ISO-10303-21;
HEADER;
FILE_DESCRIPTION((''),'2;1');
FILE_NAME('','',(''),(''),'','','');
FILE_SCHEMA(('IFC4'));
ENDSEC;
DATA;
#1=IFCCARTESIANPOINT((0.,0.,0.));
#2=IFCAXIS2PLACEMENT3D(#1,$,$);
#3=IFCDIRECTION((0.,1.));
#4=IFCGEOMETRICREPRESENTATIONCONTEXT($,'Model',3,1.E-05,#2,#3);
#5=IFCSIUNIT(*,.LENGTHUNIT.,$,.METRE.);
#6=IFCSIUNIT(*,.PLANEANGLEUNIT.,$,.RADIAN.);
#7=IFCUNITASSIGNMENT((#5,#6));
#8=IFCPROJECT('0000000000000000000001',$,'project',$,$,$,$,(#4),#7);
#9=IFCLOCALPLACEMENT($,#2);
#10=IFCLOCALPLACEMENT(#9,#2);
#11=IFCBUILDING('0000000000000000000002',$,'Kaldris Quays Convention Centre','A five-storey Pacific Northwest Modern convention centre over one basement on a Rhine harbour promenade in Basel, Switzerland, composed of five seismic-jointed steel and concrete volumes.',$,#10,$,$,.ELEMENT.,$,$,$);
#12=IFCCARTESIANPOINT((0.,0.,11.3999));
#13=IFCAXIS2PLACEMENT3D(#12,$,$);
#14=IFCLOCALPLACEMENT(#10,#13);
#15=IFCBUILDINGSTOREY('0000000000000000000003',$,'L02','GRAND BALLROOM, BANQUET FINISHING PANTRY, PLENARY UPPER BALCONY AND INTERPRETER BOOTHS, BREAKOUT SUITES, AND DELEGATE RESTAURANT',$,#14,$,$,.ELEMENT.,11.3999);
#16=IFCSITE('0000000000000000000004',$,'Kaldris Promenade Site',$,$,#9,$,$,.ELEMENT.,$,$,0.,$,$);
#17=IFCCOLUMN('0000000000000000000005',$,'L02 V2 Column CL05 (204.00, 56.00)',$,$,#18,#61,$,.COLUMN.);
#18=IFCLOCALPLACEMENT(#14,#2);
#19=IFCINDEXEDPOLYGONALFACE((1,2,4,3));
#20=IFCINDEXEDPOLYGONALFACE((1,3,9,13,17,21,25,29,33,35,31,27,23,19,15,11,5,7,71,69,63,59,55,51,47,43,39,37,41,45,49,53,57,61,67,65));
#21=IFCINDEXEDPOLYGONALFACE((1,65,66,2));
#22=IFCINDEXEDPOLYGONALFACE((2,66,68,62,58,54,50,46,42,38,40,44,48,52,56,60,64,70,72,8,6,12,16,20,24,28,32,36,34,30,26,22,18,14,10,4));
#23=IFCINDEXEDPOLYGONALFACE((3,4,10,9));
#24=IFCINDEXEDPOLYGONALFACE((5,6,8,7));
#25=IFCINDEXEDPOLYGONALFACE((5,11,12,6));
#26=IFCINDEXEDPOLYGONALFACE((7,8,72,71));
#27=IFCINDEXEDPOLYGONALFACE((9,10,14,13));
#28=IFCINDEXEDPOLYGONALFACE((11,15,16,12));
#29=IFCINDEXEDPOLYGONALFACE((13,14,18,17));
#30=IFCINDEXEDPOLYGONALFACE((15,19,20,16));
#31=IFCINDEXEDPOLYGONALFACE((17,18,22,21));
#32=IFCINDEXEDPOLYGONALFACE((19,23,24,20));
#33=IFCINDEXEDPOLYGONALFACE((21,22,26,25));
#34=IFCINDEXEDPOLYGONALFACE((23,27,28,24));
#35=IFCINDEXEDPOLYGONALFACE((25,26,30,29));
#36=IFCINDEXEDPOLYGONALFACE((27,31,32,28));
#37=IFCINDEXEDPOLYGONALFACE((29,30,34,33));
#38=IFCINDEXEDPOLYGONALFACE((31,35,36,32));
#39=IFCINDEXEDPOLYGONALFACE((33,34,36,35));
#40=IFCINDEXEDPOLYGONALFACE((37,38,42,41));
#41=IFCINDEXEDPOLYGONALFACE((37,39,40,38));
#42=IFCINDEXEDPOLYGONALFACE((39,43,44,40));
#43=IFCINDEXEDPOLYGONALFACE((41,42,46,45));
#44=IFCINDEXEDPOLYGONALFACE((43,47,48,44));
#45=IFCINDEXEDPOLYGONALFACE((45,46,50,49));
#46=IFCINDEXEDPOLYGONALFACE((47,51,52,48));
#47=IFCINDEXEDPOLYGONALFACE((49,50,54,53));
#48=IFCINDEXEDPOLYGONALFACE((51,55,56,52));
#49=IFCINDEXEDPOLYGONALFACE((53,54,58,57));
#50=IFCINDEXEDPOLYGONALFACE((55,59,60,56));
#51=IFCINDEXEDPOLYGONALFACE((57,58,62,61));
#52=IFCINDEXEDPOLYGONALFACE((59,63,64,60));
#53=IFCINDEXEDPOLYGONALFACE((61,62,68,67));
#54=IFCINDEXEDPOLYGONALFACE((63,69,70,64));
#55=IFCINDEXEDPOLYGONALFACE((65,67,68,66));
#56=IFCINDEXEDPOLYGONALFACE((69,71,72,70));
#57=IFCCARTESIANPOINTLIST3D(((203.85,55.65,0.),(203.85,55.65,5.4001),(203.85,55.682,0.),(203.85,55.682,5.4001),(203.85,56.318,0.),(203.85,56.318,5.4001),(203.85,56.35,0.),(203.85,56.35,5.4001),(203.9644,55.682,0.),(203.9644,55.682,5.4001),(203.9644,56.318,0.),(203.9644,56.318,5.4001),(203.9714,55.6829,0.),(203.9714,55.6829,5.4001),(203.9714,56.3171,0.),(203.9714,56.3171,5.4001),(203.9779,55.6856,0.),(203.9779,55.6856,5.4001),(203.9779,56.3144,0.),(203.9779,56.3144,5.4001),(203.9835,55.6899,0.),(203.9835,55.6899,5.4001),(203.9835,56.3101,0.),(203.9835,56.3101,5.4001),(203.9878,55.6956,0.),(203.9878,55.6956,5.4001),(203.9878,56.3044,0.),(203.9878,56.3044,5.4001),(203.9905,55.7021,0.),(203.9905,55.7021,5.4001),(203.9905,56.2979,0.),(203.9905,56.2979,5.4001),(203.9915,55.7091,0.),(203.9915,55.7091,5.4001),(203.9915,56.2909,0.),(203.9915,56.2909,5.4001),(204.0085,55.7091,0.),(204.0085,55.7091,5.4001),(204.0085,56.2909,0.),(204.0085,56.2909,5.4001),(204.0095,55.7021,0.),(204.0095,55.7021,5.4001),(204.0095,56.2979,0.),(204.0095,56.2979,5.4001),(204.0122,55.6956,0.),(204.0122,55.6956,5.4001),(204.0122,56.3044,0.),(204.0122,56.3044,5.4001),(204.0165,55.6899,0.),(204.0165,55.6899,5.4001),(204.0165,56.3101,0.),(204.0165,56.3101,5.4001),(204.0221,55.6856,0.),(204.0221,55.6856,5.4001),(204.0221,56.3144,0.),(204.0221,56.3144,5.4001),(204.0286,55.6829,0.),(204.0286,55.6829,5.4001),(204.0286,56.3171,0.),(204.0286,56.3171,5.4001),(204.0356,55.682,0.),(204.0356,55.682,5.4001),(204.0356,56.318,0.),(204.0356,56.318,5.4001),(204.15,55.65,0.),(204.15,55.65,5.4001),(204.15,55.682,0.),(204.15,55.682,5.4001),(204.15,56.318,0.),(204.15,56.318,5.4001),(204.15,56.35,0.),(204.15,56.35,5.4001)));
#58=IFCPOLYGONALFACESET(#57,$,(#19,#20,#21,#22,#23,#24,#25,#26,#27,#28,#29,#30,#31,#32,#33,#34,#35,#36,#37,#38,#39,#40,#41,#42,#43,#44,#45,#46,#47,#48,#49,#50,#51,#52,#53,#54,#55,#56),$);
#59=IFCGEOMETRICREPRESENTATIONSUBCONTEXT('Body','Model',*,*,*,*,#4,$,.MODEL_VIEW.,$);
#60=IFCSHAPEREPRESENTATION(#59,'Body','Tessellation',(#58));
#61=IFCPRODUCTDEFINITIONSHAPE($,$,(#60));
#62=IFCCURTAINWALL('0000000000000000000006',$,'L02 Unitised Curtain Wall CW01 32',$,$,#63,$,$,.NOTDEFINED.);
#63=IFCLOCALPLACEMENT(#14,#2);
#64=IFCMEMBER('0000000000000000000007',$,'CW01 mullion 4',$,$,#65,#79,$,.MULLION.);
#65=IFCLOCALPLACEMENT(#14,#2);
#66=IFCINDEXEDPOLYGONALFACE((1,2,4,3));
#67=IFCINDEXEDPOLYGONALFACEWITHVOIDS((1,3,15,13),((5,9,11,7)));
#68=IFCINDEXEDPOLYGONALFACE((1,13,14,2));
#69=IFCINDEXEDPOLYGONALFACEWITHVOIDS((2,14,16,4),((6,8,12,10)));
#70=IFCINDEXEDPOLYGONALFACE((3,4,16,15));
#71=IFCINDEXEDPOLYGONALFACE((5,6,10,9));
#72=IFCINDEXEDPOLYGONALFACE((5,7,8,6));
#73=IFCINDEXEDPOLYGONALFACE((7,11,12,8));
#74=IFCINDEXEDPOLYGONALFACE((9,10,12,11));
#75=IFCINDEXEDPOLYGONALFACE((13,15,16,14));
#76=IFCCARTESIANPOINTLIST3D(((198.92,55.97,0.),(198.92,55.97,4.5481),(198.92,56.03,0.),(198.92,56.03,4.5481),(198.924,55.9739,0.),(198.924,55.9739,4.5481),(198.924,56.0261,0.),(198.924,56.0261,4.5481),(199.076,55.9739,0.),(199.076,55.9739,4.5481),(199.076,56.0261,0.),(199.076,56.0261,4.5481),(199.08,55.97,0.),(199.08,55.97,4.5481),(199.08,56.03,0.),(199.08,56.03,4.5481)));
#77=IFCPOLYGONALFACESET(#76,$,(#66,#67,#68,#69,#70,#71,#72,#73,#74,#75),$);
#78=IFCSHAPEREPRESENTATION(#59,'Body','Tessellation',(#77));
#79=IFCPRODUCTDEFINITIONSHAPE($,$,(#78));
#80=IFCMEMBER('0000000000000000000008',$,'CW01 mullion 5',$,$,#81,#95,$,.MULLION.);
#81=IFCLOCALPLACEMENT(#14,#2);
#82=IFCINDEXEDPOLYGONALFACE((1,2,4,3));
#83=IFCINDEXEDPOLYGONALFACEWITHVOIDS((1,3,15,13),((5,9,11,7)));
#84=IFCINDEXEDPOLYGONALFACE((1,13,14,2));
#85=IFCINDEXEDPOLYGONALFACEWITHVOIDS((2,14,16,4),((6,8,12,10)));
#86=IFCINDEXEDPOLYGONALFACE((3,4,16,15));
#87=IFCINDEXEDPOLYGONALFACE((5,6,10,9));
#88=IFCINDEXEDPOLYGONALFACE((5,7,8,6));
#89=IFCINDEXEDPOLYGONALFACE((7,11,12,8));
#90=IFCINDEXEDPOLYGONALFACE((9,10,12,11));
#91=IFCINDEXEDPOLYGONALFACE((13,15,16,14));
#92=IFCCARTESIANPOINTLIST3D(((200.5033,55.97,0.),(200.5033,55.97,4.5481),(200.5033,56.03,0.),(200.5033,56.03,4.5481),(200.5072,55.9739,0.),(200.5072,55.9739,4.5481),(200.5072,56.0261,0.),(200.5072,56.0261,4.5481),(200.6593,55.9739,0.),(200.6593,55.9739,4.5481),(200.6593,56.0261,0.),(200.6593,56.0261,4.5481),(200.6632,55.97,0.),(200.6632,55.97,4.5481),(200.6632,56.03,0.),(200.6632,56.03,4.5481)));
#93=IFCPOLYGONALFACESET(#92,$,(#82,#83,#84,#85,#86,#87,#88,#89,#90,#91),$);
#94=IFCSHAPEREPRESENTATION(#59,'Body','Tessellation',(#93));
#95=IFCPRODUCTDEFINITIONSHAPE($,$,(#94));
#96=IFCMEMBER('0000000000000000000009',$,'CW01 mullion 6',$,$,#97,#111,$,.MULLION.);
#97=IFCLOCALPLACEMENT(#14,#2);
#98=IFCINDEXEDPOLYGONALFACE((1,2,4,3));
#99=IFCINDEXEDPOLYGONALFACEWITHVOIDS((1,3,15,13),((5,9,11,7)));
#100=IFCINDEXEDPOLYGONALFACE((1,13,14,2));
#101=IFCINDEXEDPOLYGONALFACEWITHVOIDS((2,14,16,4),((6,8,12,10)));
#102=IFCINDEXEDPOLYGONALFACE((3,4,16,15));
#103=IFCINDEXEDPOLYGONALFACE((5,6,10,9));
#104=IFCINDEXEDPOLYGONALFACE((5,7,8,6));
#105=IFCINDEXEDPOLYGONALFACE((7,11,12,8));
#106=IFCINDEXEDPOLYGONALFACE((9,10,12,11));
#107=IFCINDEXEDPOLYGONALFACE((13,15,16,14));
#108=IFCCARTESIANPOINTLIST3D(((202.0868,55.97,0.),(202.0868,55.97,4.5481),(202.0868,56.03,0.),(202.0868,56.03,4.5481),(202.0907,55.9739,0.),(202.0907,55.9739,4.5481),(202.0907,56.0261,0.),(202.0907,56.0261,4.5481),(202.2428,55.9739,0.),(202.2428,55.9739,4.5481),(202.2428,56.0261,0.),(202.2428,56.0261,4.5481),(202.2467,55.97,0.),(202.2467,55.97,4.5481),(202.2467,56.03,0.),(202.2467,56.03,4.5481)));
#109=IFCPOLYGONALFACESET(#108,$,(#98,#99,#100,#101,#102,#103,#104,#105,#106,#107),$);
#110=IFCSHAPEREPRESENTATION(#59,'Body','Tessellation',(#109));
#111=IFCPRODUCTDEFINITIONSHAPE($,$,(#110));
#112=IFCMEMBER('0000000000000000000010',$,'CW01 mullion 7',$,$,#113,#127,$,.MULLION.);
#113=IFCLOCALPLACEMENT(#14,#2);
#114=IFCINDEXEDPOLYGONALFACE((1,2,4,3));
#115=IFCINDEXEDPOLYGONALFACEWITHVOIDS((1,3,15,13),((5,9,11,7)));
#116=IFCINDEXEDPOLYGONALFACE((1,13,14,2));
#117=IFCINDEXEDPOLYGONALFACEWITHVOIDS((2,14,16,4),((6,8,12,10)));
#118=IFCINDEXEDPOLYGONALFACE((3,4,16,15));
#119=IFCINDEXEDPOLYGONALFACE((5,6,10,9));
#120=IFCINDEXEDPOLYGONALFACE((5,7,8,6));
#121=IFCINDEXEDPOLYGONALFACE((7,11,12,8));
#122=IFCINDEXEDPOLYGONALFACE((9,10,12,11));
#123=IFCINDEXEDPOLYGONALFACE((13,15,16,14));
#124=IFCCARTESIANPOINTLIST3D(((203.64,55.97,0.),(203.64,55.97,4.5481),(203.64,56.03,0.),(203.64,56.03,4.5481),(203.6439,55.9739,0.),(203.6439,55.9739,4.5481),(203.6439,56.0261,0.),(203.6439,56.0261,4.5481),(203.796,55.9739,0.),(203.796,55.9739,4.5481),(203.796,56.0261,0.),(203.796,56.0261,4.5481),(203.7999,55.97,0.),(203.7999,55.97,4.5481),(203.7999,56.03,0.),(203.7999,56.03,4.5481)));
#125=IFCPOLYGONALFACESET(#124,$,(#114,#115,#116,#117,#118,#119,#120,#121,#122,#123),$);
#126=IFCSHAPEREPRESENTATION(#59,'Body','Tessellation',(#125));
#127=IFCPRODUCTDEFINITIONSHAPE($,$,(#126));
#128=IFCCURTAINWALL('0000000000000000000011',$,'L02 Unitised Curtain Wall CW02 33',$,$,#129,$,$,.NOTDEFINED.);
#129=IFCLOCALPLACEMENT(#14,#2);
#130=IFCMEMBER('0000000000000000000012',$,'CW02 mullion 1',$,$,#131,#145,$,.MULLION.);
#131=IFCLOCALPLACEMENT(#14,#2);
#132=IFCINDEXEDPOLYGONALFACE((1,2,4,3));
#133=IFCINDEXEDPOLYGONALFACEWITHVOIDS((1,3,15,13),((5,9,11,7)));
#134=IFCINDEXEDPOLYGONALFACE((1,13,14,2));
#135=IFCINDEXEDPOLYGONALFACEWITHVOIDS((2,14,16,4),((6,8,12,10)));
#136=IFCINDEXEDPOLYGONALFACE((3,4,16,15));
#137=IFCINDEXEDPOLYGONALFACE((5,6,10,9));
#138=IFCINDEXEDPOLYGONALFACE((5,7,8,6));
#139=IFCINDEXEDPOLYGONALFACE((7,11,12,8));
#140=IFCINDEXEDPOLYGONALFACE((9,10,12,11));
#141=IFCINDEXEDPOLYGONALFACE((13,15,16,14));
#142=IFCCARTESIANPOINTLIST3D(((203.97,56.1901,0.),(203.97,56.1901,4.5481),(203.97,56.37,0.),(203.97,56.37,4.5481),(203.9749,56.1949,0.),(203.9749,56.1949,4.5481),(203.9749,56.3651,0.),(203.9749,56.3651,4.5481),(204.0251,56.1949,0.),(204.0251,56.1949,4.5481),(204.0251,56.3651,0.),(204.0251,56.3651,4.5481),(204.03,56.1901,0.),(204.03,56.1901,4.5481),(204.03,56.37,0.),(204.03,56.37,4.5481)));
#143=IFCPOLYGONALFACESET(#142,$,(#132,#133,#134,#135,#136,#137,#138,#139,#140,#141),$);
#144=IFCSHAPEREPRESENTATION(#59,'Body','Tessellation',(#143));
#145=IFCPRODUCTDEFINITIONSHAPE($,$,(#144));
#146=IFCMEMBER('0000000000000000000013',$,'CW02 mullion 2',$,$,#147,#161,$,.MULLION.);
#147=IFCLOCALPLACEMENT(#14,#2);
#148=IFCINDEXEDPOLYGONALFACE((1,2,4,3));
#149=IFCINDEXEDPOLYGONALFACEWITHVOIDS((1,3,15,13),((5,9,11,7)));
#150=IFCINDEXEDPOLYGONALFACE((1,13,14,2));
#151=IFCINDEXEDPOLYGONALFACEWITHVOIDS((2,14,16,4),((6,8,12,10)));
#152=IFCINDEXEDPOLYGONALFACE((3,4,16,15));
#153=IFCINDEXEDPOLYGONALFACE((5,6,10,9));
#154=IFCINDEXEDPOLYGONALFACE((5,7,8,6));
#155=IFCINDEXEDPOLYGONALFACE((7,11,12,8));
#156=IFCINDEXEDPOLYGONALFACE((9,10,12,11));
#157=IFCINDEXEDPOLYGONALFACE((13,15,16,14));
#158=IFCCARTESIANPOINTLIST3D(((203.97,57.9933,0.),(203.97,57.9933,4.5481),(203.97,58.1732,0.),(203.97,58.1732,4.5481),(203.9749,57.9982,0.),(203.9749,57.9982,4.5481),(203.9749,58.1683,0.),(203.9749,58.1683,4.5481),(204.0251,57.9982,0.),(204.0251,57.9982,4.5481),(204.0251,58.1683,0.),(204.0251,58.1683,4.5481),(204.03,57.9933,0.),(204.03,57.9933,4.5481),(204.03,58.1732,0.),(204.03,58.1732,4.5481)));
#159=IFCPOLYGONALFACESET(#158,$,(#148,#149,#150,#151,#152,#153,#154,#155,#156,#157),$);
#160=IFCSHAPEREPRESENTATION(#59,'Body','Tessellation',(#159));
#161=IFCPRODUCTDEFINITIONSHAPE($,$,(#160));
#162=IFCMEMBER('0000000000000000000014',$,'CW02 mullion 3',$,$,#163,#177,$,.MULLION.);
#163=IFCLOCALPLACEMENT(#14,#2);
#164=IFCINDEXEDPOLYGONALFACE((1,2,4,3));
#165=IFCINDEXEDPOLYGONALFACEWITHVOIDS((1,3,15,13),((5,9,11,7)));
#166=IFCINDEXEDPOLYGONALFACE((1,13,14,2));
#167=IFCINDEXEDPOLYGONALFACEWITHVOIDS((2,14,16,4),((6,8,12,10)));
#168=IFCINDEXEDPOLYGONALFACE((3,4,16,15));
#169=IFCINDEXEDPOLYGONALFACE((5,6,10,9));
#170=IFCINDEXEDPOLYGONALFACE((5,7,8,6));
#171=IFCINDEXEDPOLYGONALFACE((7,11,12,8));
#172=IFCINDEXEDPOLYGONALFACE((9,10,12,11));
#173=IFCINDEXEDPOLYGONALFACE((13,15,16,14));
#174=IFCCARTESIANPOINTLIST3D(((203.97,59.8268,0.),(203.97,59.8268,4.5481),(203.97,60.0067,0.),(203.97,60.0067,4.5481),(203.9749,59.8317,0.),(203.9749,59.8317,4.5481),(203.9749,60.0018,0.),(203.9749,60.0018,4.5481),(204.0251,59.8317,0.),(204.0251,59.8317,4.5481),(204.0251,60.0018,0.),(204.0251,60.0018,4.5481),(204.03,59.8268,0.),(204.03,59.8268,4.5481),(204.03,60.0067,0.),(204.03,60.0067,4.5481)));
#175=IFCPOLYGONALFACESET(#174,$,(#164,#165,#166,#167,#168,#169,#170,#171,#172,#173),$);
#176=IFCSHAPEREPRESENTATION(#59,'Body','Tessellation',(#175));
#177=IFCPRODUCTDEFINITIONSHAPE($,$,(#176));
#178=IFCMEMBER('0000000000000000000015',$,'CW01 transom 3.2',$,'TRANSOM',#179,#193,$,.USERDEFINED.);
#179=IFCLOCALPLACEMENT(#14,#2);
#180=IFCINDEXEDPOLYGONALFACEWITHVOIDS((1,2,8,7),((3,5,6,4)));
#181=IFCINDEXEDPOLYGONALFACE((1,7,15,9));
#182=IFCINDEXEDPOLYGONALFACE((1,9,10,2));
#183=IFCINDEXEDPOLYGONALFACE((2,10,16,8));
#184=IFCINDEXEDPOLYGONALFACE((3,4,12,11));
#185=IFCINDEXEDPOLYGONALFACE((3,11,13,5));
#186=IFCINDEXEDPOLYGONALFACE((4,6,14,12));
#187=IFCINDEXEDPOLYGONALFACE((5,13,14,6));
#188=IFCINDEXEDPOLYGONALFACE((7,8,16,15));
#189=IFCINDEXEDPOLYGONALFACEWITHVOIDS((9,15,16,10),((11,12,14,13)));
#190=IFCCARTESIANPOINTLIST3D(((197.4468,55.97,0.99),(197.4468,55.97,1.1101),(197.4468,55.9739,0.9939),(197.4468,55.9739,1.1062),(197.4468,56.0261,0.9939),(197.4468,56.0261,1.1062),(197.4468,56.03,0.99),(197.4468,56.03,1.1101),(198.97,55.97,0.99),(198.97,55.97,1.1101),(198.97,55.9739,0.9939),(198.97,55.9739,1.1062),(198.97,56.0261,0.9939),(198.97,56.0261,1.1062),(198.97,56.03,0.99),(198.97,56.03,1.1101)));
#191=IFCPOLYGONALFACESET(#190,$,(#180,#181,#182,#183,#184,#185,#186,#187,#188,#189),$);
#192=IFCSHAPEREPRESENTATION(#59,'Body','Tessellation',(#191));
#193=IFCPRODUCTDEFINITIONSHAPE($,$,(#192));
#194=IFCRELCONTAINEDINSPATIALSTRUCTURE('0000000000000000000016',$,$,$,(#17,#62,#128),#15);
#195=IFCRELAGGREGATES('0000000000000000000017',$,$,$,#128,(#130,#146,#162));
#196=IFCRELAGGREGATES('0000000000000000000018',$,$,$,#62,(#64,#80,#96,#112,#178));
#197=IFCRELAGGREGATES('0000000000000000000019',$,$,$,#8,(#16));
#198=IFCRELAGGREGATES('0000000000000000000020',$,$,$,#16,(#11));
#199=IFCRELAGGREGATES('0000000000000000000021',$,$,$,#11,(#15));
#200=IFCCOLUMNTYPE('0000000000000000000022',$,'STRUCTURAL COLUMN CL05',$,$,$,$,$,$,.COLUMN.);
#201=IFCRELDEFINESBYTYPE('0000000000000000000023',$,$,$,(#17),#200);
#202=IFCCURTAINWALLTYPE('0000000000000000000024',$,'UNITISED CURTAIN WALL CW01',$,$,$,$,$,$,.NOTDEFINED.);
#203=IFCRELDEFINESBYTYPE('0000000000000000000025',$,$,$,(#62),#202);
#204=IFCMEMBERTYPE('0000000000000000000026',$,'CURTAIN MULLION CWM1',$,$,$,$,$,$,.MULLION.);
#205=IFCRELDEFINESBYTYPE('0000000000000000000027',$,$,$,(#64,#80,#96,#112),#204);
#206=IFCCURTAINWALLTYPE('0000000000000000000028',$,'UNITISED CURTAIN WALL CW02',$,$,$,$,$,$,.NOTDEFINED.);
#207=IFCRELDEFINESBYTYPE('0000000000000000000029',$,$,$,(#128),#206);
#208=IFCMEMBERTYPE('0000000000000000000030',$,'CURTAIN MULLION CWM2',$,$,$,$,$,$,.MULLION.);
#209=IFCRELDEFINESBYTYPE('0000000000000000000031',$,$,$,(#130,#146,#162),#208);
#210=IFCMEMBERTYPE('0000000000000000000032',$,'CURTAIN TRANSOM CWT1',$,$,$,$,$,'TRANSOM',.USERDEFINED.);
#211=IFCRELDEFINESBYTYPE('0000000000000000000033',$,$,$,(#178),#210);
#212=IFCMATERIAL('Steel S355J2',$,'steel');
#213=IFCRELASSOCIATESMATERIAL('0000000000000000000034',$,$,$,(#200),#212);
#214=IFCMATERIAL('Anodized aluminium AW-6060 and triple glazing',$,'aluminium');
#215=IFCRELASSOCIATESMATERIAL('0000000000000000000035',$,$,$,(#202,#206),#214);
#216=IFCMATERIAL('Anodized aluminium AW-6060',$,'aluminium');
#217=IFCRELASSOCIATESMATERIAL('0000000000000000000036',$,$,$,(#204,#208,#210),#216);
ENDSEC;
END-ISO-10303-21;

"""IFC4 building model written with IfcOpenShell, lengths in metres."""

from ifc_helpers import new_model, si_unit, direction, frame, origin, origin_2d, place, context, subcontext, project, spatial, hollow_rectangle, i_section, extrude, material, material_profile, profile_set, type_object, element, aggregate, save


model = new_model("IFC4")

# Units and contexts
model_context = context("Model", 3, precision=1e-05, world=origin(), true_north=direction((0.0, 1.0)))
body_context = subcontext(model_context, "Body", "Model", "MODEL_VIEW")
ifc_project = project(units=[si_unit("LENGTHUNIT", "METRE"), si_unit("PLANEANGLEUNIT", "RADIAN")], contexts=[model_context])

# Site, building, storey
site_placement = place(None, origin())
site = spatial("IfcSite", under=ifc_project, at=site_placement, Name="Kaldris Promenade Site", CompositionType="ELEMENT", RefElevation=0.0)
building_placement = place(site_placement, origin())
building = spatial("IfcBuilding", under=site, at=building_placement, Name="Kaldris Quays Convention Centre", Description="A five-storey Pacific Northwest Modern convention centre over one basement on a Rhine harbour promenade in Basel, Switzerland, composed of five seismic-jointed steel and concrete volumes.", CompositionType="ELEMENT")
storey_placement = place(building_placement, frame((0.0, 0.0, 11.3999)))
storey = spatial("IfcBuildingStorey", under=building, at=storey_placement, Name="L02", Description="GRAND BALLROOM, BANQUET FINISHING PANTRY, PLENARY UPPER BALCONY AND INTERPRETER BOOTHS, BREAKOUT SUITES, AND DELEGATE RESTAURANT", CompositionType="ELEMENT", Elevation=11.3999)

# Column
ifc_material_1 = material(Name="Steel S355J2", Category="steel")
ifc_material_profile_1 = material_profile(ifc_material_1, i_section(OverallWidth=0.3, OverallDepth=0.7, WebThickness=0.0171, FlangeThickness=0.032, FilletRadius=0.0271, at=origin_2d()), Name="HEB 700")
ifc_profile_set_1 = profile_set([ifc_material_profile_1], Name="Steel S355J2")
column_type = type_object("IfcColumnType", Name="STRUCTURAL COLUMN CL05", PredefinedType="COLUMN", material=ifc_profile_set_1)
column_placement = place(storey_placement, frame((204.0, 56.0, 0.0), z_axis=(0.0, 0.0, 1.0), x_axis=(1.0, 0.0, 0.0)))
element("IfcColumn", 1, at=column_placement, inside=storey, type_object=column_type, Name="L02 V2 Column CL05 (204.00, 56.00)", PredefinedType="COLUMN", context=body_context, shape_type="SweptSolid", body=[
    extrude(i_section(OverallWidth=0.3, OverallDepth=0.7, WebThickness=0.0171, FlangeThickness=0.032, FilletRadius=0.0271, at=origin_2d()), origin(), (0.0, 0.0, 1.0), 5.4001),
])

# Curtain walls, members
ifc_material_2 = material(Name="Anodized aluminium AW-6060 and triple glazing", Category="aluminium")
curtain_wall_type_1 = type_object("IfcCurtainWallType", Name="UNITISED CURTAIN WALL CW01", PredefinedType="NOTDEFINED", material=ifc_material_2)
curtain_wall_1_placement = place(storey_placement, origin())
curtain_wall_1 = element("IfcCurtainWall", 2, at=curtain_wall_1_placement, inside=storey, type_object=curtain_wall_type_1, Name="L02 Unitised Curtain Wall CW01 32", PredefinedType="NOTDEFINED")
ifc_material_3 = material(Name="Anodized aluminium AW-6060", Category="aluminium")
ifc_material_profile_2 = material_profile(ifc_material_3, hollow_rectangle(XDim=0.0601, YDim=0.1599, WallThickness=0.0039, at=origin_2d()), Name="RHS 160x60x4")
ifc_profile_set_2 = profile_set([ifc_material_profile_2], Name="Anodized aluminium AW-6060")
member_type_1 = type_object("IfcMemberType", Name="CURTAIN MULLION CWM1", PredefinedType="MULLION", material=ifc_profile_set_2)
member_1_placement = place(storey_placement, frame((199.0, 56.0, 0.0), z_axis=(0.0, 0.0, 1.0), x_axis=(0.0, 1.0, 0.0)))
member_1 = element("IfcMember", 3, at=member_1_placement, type_object=member_type_1, Name="CW01 mullion 4", PredefinedType="MULLION", context=body_context, shape_type="SweptSolid", body=[
    extrude(hollow_rectangle(XDim=0.0601, YDim=0.1599, WallThickness=0.0039, at=origin_2d()), origin(), (0.0, 0.0, 1.0), 4.5481),
])
member_2_placement = place(storey_placement, frame((200.5833, 56.0, 0.0), z_axis=(0.0, 0.0, 1.0), x_axis=(0.0, 1.0, 0.0)))
member_2 = element("IfcMember", 4, at=member_2_placement, type_object=member_type_1, Name="CW01 mullion 5", PredefinedType="MULLION", context=body_context, shape_type="SweptSolid", body=[
    extrude(hollow_rectangle(XDim=0.0601, YDim=0.1599, WallThickness=0.0039, at=origin_2d()), origin(), (0.0, 0.0, 1.0), 4.5481),
])
member_3_placement = place(storey_placement, frame((202.1667, 56.0, 0.0), z_axis=(0.0, 0.0, 1.0), x_axis=(0.0, 1.0, 0.0)))
member_3 = element("IfcMember", 5, at=member_3_placement, type_object=member_type_1, Name="CW01 mullion 6", PredefinedType="MULLION", context=body_context, shape_type="SweptSolid", body=[
    extrude(hollow_rectangle(XDim=0.0601, YDim=0.1599, WallThickness=0.0039, at=origin_2d()), origin(), (0.0, 0.0, 1.0), 4.5481),
])
member_4_placement = place(storey_placement, frame((203.72, 56.0, 0.0), z_axis=(0.0, 0.0, 1.0), x_axis=(0.0, 1.0, 0.0)))
member_4 = element("IfcMember", 6, at=member_4_placement, type_object=member_type_1, Name="CW01 mullion 7", PredefinedType="MULLION", context=body_context, shape_type="SweptSolid", body=[
    extrude(hollow_rectangle(XDim=0.0601, YDim=0.1599, WallThickness=0.0039, at=origin_2d()), origin(), (0.0, 0.0, 1.0), 4.5481),
])
curtain_wall_type_2 = type_object("IfcCurtainWallType", Name="UNITISED CURTAIN WALL CW02", PredefinedType="NOTDEFINED", material=ifc_material_2)
curtain_wall_2_placement = place(storey_placement, origin())
curtain_wall_2 = element("IfcCurtainWall", 7, at=curtain_wall_2_placement, inside=storey, type_object=curtain_wall_type_2, Name="L02 Unitised Curtain Wall CW02 33", PredefinedType="NOTDEFINED")
ifc_material_profile_3 = material_profile(ifc_material_3, hollow_rectangle(XDim=0.0601, YDim=0.1799, WallThickness=0.0049, at=origin_2d()), Name="RHS 180x60x5")
ifc_profile_set_3 = profile_set([ifc_material_profile_3], Name="Anodized aluminium AW-6060")
member_type_2 = type_object("IfcMemberType", Name="CURTAIN MULLION CWM2", PredefinedType="MULLION", material=ifc_profile_set_3)
member_5_placement = place(storey_placement, frame((204.0, 56.28, 0.0), z_axis=(0.0, 0.0, 1.0), x_axis=(-1.0, 0.0, 0.0)))
member_5 = element("IfcMember", 8, at=member_5_placement, type_object=member_type_2, Name="CW02 mullion 1", PredefinedType="MULLION", context=body_context, shape_type="SweptSolid", body=[
    extrude(hollow_rectangle(XDim=0.0601, YDim=0.1799, WallThickness=0.0049, at=origin_2d()), origin(), (0.0, 0.0, 1.0), 4.5481),
])
member_6_placement = place(storey_placement, frame((204.0, 58.0833, 0.0), z_axis=(0.0, 0.0, 1.0), x_axis=(-1.0, 0.0, 0.0)))
member_6 = element("IfcMember", 9, at=member_6_placement, type_object=member_type_2, Name="CW02 mullion 2", PredefinedType="MULLION", context=body_context, shape_type="SweptSolid", body=[
    extrude(hollow_rectangle(XDim=0.0601, YDim=0.1799, WallThickness=0.0049, at=origin_2d()), origin(), (0.0, 0.0, 1.0), 4.5481),
])
member_7_placement = place(storey_placement, frame((204.0, 59.9167, 0.0), z_axis=(0.0, 0.0, 1.0), x_axis=(-1.0, 0.0, 0.0)))
member_7 = element("IfcMember", 10, at=member_7_placement, type_object=member_type_2, Name="CW02 mullion 3", PredefinedType="MULLION", context=body_context, shape_type="SweptSolid", body=[
    extrude(hollow_rectangle(XDim=0.0601, YDim=0.1799, WallThickness=0.0049, at=origin_2d()), origin(), (0.0, 0.0, 1.0), 4.5481),
])

# Member
ifc_material_profile_4 = material_profile(ifc_material_3, hollow_rectangle(XDim=0.0601, YDim=0.1201, WallThickness=0.0039, at=origin_2d()), Name="RHS 120x60x4")
ifc_profile_set_4 = profile_set([ifc_material_profile_4], Name="Anodized aluminium AW-6060")
member_type_3 = type_object("IfcMemberType", Name="CURTAIN TRANSOM CWT1", ElementType="TRANSOM", PredefinedType="USERDEFINED", material=ifc_profile_set_4)
member_8_placement = place(storey_placement, frame((197.4468, 56.0, 1.05), z_axis=(1.0, 0.0, 0.0), x_axis=(0.0, 1.0, 0.0)))
member_8 = element("IfcMember", 11, at=member_8_placement, type_object=member_type_3, Name="CW01 transom 3.2", ObjectType="TRANSOM", PredefinedType="USERDEFINED", context=body_context, shape_type="SweptSolid", body=[
    extrude(hollow_rectangle(XDim=0.0601, YDim=0.1201, WallThickness=0.0039, at=origin_2d()), origin(), (0.0, 0.0, 1.0), 1.5232),
])

aggregate(curtain_wall_2, [member_5, member_6, member_7])
aggregate(curtain_wall_1, [member_1, member_2, member_3, member_4, member_8])

save(model, "model.ifc")
